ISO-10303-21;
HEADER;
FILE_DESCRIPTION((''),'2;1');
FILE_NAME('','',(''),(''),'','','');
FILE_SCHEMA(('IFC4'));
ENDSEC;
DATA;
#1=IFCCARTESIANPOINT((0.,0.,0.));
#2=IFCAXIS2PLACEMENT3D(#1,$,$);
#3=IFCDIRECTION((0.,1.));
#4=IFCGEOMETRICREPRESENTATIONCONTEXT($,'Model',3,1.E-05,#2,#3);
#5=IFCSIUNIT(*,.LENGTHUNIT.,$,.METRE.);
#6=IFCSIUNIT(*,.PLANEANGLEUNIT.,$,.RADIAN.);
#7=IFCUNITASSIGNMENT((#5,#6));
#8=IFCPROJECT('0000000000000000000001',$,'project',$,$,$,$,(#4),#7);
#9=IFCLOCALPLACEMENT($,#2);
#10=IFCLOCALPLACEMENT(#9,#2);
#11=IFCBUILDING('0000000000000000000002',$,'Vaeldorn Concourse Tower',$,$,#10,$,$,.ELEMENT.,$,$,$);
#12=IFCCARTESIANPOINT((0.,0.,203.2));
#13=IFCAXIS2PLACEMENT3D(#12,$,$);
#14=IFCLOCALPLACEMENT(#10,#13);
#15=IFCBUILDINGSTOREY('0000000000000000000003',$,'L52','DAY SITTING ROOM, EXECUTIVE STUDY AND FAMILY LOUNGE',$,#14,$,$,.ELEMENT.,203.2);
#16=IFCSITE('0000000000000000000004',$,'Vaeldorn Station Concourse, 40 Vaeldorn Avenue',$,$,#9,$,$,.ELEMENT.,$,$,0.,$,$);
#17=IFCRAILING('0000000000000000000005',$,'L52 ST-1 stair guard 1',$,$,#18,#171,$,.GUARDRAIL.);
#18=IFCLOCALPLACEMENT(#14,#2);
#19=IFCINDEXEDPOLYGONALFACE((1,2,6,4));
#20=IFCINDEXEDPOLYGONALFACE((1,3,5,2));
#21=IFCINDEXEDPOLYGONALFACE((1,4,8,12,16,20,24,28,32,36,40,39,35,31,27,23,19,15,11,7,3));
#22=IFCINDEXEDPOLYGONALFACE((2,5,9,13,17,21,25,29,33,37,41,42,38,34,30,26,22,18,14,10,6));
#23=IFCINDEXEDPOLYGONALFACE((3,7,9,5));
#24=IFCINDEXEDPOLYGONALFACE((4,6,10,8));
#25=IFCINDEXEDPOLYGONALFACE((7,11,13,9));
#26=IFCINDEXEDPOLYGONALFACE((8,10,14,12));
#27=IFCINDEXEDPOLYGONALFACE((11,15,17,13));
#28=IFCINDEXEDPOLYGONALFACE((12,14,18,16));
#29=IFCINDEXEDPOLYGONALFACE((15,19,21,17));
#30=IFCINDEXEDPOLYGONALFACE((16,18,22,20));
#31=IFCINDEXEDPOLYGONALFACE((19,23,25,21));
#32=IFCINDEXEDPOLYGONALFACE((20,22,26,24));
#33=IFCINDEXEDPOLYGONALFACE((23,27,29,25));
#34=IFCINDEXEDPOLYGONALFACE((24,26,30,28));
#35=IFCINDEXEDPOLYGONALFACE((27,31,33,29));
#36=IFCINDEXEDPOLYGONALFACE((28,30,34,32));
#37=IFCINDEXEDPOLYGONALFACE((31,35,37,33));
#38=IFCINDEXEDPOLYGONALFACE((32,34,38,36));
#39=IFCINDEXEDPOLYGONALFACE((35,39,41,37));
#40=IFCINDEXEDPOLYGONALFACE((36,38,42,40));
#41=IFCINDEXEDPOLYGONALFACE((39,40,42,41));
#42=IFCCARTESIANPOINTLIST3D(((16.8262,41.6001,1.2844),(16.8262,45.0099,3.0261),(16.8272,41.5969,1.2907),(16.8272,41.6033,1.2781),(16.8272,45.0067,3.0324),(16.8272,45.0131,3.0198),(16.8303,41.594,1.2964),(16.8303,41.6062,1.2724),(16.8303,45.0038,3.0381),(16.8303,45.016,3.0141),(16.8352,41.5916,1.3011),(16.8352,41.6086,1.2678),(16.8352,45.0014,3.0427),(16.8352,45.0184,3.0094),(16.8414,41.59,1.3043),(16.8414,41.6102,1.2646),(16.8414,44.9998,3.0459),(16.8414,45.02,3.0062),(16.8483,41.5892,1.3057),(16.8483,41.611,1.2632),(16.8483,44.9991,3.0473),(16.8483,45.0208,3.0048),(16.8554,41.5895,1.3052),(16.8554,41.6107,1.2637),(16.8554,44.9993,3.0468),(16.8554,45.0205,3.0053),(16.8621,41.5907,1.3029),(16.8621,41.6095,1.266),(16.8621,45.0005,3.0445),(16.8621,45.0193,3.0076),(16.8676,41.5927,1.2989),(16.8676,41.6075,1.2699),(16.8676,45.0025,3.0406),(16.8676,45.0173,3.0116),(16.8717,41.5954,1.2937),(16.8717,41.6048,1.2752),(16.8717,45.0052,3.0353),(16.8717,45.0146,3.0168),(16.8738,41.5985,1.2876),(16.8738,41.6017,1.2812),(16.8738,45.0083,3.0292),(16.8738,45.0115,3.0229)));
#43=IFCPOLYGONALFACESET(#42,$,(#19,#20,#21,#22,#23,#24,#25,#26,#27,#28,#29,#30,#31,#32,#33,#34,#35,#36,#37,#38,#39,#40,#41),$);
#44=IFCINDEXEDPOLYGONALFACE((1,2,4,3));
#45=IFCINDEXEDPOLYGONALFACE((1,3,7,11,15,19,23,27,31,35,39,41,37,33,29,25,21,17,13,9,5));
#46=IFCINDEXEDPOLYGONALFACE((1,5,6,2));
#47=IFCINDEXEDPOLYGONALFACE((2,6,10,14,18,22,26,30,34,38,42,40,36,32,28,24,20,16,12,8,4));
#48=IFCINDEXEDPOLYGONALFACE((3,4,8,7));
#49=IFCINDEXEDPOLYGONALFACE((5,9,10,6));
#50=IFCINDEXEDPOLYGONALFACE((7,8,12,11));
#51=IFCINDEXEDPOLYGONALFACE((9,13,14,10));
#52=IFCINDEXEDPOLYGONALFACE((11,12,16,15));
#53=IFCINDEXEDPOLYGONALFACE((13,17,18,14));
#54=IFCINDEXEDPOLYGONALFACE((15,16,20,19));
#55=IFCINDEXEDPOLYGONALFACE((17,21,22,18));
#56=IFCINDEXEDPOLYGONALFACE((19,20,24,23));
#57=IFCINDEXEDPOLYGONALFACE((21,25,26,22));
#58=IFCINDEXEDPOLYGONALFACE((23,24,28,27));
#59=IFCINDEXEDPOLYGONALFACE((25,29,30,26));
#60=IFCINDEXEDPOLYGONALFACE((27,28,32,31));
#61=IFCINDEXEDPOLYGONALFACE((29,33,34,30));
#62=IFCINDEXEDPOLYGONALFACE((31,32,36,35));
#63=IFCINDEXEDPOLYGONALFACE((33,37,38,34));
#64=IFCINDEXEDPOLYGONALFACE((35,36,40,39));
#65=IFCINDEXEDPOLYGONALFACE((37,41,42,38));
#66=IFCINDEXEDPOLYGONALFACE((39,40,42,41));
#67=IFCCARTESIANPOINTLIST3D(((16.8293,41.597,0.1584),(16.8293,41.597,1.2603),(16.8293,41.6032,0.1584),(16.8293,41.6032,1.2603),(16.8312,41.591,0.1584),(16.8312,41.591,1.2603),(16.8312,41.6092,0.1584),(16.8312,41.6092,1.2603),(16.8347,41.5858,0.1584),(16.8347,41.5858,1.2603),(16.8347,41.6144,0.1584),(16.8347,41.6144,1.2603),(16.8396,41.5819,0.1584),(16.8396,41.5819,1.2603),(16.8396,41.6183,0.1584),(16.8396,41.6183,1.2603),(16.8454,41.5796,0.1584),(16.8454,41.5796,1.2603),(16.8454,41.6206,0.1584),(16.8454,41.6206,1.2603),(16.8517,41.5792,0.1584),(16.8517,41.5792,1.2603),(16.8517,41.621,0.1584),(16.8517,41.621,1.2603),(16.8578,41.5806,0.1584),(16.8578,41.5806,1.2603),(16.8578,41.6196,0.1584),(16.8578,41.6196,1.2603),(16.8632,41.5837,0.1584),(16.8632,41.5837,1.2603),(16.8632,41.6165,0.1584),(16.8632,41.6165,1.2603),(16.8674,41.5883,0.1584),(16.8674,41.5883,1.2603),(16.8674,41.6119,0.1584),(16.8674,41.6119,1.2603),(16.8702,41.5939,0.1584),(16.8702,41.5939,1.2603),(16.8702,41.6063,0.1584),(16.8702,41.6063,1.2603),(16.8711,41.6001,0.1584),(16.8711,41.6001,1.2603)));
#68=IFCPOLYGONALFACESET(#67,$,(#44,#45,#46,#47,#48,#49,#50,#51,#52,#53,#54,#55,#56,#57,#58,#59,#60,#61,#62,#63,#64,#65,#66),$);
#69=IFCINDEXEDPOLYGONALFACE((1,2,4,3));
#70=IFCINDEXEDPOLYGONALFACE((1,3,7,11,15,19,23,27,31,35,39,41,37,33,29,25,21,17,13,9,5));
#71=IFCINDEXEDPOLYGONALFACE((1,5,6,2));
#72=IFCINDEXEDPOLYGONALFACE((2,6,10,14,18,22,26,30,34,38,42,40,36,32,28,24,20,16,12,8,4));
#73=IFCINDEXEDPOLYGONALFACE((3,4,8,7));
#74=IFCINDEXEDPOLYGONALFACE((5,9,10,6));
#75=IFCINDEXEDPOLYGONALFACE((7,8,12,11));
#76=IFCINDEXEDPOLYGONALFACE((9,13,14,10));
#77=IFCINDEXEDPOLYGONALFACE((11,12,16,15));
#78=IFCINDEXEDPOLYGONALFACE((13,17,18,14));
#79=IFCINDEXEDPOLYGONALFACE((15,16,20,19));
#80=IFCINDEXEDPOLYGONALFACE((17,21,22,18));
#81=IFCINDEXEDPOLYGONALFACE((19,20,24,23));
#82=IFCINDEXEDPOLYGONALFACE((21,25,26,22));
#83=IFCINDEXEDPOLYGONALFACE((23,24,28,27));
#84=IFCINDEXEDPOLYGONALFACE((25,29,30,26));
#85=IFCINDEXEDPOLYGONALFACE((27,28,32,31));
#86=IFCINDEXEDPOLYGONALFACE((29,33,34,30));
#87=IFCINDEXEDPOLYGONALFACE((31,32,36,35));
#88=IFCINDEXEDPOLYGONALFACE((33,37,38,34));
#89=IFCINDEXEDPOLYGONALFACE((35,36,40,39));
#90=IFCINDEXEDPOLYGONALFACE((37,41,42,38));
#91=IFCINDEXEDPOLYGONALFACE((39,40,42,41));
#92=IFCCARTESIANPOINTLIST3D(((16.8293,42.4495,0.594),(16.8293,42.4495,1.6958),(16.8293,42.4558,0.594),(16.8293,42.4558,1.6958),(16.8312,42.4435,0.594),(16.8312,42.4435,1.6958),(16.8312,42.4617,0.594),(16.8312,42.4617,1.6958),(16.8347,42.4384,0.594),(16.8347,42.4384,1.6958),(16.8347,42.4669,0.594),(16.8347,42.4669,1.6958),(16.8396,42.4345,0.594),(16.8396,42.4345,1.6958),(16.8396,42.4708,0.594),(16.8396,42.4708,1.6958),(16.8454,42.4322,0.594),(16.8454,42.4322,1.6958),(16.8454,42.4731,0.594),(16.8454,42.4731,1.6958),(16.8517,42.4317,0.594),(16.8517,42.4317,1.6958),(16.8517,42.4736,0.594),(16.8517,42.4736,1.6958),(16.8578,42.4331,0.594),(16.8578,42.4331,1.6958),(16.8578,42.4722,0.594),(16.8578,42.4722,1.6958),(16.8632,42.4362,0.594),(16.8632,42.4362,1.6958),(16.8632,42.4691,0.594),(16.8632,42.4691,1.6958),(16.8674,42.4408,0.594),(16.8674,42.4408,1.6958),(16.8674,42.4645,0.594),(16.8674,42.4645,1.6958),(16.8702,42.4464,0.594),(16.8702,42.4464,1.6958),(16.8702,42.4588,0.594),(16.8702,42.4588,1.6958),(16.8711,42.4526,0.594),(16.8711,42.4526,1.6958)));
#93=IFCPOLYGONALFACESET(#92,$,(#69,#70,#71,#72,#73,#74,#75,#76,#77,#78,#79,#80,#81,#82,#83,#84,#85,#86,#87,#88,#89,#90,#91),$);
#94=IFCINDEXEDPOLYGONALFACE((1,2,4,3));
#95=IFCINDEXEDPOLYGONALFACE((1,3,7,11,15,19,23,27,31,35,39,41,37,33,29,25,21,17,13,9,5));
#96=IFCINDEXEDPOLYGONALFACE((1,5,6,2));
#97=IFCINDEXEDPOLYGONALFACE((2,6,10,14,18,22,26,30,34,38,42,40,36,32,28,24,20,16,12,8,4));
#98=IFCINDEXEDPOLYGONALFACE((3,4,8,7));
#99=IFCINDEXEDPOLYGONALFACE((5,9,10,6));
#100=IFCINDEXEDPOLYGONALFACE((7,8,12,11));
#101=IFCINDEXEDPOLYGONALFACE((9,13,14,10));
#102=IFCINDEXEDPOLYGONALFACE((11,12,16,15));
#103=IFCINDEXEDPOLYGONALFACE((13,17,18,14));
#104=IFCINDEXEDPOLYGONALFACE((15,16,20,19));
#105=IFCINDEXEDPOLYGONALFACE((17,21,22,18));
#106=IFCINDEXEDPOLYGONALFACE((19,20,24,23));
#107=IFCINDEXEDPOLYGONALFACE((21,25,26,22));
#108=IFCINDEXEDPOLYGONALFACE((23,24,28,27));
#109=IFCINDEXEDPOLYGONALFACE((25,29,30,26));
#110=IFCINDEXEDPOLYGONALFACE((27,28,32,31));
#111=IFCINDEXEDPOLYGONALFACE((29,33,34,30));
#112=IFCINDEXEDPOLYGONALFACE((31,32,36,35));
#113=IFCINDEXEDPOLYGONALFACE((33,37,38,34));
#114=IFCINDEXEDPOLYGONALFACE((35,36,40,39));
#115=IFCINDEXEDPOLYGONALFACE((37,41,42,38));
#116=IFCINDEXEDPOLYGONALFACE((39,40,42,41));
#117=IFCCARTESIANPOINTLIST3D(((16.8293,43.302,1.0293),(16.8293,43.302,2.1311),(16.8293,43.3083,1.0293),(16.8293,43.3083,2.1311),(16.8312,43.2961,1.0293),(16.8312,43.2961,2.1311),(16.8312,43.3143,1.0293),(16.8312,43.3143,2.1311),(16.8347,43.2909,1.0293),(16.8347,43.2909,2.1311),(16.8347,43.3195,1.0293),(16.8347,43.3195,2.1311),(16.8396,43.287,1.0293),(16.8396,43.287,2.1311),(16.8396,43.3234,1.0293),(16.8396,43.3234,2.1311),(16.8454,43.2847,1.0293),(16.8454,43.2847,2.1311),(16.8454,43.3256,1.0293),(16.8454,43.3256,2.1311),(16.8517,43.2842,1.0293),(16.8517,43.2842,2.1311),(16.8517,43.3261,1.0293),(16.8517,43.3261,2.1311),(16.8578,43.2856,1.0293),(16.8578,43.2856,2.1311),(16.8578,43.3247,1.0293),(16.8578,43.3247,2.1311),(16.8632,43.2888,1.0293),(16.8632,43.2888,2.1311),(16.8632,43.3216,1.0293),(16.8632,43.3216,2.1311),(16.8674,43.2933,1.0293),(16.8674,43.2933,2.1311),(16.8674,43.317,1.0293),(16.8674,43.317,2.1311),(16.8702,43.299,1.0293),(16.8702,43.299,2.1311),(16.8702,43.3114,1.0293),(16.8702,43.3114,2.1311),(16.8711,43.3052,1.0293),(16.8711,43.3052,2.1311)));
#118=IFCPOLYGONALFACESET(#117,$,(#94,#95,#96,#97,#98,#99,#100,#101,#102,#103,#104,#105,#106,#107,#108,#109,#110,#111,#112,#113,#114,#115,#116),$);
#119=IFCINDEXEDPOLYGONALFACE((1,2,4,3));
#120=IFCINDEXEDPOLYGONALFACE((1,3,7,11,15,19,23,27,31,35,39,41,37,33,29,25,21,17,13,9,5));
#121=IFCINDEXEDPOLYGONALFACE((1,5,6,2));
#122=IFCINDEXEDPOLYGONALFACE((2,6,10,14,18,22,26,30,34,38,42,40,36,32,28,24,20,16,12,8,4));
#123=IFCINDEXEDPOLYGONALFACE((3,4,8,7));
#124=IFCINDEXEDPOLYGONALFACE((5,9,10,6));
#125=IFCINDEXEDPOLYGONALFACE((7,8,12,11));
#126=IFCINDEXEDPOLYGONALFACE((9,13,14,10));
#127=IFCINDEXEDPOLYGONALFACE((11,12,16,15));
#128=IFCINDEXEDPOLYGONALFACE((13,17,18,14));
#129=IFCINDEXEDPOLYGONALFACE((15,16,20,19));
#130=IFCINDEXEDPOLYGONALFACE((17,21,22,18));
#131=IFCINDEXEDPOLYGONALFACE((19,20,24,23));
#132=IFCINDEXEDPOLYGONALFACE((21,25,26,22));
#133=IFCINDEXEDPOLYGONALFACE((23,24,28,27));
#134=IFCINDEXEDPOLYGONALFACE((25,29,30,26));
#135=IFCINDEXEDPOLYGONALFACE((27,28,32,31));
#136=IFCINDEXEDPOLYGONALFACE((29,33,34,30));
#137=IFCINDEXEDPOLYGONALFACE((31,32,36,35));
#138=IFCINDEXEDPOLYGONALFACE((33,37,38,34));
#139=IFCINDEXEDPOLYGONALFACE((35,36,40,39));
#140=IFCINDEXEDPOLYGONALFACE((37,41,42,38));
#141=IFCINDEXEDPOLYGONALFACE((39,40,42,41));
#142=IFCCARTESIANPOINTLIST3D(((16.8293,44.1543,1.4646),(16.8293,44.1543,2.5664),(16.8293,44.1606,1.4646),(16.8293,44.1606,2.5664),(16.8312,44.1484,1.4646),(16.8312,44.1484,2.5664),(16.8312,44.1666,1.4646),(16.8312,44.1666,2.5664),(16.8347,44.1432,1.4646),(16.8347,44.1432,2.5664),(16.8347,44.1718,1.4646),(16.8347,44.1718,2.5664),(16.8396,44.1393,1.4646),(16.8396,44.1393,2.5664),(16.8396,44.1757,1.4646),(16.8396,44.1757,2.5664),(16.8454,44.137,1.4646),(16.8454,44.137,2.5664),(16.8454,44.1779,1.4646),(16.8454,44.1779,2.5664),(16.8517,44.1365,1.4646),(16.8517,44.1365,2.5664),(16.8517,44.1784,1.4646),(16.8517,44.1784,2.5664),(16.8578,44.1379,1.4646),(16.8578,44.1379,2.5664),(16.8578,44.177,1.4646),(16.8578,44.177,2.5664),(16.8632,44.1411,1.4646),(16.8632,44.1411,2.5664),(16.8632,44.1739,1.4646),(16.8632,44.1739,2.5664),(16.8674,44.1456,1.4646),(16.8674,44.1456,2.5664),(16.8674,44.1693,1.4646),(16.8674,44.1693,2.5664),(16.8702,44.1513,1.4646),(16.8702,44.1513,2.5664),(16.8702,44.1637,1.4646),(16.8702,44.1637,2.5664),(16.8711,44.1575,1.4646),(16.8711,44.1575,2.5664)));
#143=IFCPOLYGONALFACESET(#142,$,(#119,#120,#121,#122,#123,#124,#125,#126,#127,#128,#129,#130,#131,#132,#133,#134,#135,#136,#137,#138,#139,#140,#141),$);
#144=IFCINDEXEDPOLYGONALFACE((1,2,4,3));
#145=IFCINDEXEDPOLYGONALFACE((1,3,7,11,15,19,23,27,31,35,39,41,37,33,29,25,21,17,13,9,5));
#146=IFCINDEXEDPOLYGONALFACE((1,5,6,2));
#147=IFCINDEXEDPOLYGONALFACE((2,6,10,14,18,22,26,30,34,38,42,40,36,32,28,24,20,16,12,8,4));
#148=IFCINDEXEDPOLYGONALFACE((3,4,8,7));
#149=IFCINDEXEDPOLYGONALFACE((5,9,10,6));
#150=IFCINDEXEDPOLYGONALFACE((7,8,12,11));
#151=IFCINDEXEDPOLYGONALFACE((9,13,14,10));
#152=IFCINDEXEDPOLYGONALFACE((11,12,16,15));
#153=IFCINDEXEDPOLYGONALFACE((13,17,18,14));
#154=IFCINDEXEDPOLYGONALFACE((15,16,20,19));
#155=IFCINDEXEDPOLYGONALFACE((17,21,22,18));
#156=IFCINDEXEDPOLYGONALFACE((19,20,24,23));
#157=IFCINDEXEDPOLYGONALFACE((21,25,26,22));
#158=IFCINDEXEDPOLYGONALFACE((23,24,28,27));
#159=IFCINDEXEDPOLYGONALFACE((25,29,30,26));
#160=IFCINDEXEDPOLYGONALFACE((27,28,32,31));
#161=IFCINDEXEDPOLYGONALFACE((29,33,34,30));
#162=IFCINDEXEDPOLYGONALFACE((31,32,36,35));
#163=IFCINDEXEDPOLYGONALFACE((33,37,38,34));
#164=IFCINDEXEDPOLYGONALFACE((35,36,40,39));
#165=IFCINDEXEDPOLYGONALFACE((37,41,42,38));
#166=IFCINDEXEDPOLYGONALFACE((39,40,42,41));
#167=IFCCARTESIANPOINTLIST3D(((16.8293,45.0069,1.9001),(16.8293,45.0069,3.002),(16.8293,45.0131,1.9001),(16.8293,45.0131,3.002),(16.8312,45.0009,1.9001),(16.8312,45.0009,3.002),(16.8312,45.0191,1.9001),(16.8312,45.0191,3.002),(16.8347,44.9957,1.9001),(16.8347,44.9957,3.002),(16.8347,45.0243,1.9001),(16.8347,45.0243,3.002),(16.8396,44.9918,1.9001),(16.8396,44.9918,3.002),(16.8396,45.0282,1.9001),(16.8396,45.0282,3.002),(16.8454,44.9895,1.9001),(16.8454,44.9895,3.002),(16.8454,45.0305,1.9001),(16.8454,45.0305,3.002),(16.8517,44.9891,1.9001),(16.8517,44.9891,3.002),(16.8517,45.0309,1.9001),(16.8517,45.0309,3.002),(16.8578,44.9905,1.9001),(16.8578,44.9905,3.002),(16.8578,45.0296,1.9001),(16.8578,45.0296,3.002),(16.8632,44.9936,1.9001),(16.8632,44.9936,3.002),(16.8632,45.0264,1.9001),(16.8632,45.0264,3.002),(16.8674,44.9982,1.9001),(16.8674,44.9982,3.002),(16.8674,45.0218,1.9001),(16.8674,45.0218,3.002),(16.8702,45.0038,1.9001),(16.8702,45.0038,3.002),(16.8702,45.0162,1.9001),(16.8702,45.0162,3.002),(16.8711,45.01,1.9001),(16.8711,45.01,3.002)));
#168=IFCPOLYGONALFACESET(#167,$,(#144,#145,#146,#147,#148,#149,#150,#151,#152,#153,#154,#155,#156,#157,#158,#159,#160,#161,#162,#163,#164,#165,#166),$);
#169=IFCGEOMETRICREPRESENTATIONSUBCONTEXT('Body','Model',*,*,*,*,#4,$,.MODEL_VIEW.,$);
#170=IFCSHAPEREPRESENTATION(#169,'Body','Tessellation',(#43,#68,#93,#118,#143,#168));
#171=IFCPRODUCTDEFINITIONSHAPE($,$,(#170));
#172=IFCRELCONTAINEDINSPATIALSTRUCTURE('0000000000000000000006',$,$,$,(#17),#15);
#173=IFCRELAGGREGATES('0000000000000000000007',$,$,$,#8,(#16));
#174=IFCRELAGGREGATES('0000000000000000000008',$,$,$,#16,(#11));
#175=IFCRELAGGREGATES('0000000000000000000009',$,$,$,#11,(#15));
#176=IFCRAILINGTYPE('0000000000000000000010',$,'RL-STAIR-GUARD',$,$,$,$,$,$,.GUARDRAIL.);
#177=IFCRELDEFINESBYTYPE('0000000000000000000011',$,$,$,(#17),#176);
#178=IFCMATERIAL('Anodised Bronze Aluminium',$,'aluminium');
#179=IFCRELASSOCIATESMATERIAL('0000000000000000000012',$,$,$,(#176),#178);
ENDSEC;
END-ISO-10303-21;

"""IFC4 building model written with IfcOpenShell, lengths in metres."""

from ifc_helpers import new_model, si_unit, direction, frame, origin, origin_2d, place, context, subcontext, project, spatial, circle, extrude, material, type_object, element, save


model = new_model("IFC4")

# Units and contexts
model_context = context("Model", 3, precision=1e-05, world=origin(), true_north=direction((0.0, 1.0)))
body_context = subcontext(model_context, "Body", "Model", "MODEL_VIEW")
ifc_project = project(units=[si_unit("LENGTHUNIT", "METRE"), si_unit("PLANEANGLEUNIT", "RADIAN")], contexts=[model_context])

# Site, building, storey
site_placement = place(None, origin())
site = spatial("IfcSite", under=ifc_project, at=site_placement, Name="Vaeldorn Station Concourse, 40 Vaeldorn Avenue", CompositionType="ELEMENT", RefElevation=0.0)
building_placement = place(site_placement, origin())
building = spatial("IfcBuilding", under=site, at=building_placement, Name="Vaeldorn Concourse Tower", CompositionType="ELEMENT")
storey_placement = place(building_placement, frame((0.0, 0.0, 203.2)))
storey = spatial("IfcBuildingStorey", under=building, at=storey_placement, Name="L52", Description="DAY SITTING ROOM, EXECUTIVE STUDY AND FAMILY LOUNGE", CompositionType="ELEMENT", Elevation=203.2)

# Railing
ifc_material_1 = material(Name="Anodised Bronze Aluminium", Category="aluminium")
railing_type_1 = type_object("IfcRailingType", Name="RL-STAIR-GUARD", PredefinedType="GUARDRAIL", material=ifc_material_1)
railing_1_placement = place(storey_placement, frame((16.8501, 41.6001, 0.1584)))
element("IfcRailing", 1, at=railing_1_placement, inside=storey, type_object=railing_type_1, Name="L52 ST-1 stair guard 1", PredefinedType="GUARDRAIL", context=body_context, shape_type="SweptSolid", body=[
    extrude(circle(Radius=0.0239, at=origin_2d()), frame((0.0, 0.0, 1.126), z_axis=(0.0, 0.890556, 0.454874), x_axis=(-1.0, 0.0, 0.0)), (0.0, 0.0, 1.0), 3.8289),
    extrude(circle(Radius=0.021, at=origin_2d()), origin(), (0.0, 0.0, 1.0), 1.1018),
    extrude(circle(Radius=0.021, at=origin_2d()), frame((0.0, 0.8525, 0.4355)), (0.0, 0.0, 1.0), 1.1018),
    extrude(circle(Radius=0.021, at=origin_2d()), frame((0.0, 1.7051, 0.8708)), (0.0, 0.0, 1.0), 1.1018),
    extrude(circle(Radius=0.021, at=origin_2d()), frame((0.0, 2.5574, 1.3062)), (0.0, 0.0, 1.0), 1.1018),
    extrude(circle(Radius=0.021, at=origin_2d()), frame((0.0, 3.4099, 1.7417)), (0.0, 0.0, 1.0), 1.1018),
])

save(model, "model.ifc")
